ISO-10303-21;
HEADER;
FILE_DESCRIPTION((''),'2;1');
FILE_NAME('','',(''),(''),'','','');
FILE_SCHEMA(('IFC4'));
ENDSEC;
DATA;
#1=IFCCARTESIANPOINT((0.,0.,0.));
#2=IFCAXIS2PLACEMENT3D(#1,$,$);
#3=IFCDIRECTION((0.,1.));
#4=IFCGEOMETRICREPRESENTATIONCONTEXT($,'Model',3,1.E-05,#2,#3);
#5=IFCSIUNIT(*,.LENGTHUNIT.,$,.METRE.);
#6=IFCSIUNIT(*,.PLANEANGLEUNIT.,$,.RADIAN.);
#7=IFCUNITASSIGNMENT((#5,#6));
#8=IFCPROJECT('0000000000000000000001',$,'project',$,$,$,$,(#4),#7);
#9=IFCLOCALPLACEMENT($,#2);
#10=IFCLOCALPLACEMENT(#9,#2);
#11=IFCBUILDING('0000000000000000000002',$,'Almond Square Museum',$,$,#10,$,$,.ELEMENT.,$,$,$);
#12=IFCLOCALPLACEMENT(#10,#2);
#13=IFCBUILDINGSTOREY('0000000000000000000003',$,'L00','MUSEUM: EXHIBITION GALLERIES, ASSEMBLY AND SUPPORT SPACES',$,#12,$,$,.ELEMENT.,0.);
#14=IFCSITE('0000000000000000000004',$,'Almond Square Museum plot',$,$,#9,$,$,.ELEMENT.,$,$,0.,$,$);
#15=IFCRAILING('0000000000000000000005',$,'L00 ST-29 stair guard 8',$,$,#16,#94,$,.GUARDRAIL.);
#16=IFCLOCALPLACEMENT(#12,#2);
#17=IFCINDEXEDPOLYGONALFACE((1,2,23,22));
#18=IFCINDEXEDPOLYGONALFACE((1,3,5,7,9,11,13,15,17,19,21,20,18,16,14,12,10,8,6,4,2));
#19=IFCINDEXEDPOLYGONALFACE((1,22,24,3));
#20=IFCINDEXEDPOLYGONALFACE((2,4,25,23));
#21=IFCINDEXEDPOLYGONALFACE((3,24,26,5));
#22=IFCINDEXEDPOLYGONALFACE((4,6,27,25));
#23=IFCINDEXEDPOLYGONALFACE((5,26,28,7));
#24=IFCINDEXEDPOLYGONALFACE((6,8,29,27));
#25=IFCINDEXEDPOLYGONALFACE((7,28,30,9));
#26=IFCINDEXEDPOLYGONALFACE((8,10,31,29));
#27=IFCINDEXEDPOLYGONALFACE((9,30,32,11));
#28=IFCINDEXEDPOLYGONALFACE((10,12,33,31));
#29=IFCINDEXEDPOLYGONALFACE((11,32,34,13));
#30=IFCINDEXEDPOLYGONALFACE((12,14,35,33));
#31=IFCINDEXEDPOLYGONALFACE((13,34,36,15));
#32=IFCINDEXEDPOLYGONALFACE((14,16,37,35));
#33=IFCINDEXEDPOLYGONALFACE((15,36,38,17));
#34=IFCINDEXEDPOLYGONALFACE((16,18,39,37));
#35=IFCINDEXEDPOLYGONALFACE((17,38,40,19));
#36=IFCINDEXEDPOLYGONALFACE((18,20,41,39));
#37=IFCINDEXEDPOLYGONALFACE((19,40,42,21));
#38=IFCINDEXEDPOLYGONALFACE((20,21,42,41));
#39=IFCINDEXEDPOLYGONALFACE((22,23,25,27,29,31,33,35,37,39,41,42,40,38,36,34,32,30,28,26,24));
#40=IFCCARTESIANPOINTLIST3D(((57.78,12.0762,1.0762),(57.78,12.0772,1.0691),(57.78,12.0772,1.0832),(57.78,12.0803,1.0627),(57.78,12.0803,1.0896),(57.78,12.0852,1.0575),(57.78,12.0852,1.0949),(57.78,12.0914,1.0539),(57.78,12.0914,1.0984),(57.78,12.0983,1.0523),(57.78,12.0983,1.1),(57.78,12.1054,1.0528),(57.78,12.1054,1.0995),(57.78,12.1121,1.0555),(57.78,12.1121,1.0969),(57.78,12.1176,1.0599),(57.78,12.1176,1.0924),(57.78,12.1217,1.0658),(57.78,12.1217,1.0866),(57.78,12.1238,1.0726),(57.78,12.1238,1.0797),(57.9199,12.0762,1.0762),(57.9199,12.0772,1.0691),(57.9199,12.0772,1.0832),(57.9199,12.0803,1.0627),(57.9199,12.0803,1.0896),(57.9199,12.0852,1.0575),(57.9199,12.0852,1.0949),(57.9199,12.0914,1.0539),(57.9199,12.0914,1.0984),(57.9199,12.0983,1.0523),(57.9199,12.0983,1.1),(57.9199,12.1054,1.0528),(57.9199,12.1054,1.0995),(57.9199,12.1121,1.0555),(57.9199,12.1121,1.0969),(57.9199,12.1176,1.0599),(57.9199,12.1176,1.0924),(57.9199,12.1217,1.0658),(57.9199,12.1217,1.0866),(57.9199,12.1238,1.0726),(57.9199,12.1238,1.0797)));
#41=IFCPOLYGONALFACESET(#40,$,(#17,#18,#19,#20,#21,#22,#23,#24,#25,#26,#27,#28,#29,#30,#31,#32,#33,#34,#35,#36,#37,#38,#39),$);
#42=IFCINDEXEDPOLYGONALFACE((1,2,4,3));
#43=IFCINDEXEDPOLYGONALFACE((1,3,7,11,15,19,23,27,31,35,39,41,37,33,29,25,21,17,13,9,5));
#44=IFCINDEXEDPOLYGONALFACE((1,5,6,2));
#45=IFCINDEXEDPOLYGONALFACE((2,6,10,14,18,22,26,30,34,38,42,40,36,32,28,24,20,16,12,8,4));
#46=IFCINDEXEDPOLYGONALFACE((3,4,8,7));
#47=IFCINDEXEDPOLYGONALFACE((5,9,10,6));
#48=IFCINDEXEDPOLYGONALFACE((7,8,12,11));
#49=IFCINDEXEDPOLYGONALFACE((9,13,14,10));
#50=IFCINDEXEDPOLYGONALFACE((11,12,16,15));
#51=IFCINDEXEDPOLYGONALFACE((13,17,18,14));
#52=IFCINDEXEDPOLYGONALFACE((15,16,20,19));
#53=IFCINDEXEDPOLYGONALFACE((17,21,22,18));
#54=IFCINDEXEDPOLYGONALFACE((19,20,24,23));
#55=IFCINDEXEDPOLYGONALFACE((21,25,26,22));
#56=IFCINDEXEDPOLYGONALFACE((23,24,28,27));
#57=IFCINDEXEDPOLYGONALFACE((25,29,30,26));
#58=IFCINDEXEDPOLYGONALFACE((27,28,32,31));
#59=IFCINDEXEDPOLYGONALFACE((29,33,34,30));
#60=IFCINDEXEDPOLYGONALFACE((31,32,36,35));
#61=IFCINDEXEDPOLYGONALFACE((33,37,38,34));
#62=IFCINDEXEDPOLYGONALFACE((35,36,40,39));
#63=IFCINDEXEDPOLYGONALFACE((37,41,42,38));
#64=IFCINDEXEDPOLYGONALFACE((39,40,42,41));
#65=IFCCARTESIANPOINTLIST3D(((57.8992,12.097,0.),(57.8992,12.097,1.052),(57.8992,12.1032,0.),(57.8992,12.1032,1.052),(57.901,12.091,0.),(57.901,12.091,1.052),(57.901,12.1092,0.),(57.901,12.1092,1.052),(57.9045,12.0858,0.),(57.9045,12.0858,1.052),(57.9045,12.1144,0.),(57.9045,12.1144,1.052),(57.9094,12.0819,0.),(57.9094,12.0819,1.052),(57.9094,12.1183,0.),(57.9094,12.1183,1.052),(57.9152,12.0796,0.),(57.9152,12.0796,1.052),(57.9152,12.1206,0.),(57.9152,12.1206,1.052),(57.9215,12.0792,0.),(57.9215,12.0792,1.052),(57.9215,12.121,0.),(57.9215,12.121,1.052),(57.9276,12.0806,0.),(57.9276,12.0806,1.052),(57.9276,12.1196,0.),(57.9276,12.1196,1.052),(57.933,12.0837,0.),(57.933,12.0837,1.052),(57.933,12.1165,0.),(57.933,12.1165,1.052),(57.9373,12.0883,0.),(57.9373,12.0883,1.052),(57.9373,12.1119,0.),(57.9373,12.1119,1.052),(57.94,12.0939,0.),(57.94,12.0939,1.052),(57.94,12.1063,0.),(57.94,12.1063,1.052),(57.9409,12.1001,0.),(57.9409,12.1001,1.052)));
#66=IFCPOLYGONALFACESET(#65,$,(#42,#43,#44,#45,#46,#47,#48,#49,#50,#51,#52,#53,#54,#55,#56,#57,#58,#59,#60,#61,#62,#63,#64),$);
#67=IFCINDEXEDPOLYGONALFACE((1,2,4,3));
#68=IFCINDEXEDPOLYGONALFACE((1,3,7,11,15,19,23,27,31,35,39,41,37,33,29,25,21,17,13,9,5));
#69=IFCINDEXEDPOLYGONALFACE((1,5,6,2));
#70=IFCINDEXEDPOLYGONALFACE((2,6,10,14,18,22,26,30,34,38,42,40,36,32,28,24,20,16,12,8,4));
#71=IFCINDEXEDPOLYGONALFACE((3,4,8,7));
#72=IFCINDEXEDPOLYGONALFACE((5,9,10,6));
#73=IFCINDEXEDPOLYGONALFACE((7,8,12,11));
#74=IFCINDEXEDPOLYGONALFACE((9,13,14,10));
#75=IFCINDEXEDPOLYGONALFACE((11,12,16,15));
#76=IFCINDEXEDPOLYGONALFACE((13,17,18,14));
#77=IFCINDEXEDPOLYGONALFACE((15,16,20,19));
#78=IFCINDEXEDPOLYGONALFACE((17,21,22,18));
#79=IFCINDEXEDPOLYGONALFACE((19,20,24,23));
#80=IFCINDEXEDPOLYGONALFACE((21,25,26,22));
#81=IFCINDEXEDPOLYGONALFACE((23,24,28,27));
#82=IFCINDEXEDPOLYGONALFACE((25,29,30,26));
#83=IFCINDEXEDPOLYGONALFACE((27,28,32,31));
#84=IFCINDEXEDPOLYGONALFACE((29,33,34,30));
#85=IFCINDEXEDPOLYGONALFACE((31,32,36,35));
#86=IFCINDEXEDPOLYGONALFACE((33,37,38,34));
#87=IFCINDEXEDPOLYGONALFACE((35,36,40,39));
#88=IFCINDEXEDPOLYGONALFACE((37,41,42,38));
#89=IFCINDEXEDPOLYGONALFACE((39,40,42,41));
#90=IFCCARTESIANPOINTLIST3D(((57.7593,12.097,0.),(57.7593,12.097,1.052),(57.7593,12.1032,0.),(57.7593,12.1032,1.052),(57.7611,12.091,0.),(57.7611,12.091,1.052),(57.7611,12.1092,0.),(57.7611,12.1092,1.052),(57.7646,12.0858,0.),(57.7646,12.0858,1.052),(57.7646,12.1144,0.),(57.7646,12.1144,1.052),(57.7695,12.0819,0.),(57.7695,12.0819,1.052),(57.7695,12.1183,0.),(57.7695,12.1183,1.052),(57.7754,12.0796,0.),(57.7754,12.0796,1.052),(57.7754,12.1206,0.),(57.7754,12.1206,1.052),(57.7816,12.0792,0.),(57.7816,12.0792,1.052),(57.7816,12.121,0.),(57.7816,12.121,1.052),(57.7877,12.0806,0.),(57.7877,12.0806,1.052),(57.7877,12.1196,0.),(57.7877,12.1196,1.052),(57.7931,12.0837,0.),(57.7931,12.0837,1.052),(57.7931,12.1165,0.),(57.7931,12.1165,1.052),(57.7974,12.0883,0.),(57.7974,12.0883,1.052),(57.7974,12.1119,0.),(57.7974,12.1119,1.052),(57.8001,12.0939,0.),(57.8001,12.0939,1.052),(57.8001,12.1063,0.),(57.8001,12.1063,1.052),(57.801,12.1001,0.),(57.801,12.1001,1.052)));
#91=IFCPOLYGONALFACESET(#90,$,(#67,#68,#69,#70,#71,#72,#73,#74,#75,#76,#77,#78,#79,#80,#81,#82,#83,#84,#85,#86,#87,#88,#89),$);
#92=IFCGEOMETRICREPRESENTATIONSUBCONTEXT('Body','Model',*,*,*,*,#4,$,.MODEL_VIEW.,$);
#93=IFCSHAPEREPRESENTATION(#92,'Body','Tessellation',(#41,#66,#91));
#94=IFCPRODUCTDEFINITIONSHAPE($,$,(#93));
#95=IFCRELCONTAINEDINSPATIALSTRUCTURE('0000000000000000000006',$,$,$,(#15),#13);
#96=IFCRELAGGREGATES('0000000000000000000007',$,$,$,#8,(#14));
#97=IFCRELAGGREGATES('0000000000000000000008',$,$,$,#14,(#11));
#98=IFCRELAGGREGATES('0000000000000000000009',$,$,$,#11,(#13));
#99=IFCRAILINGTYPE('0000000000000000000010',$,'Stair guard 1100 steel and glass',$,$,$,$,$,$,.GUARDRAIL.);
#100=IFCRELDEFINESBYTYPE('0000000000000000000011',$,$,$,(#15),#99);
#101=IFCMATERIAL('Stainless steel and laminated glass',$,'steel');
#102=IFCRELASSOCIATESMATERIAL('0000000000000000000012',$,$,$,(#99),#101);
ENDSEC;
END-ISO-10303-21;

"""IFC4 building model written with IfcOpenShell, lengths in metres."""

from ifc_helpers import new_model, si_unit, direction, frame, origin, origin_2d, place, context, subcontext, project, spatial, circle, extrude, material, type_object, element, save


model = new_model("IFC4")

# Units and contexts
model_context = context("Model", 3, precision=1e-05, world=origin(), true_north=direction((0.0, 1.0)))
body_context = subcontext(model_context, "Body", "Model", "MODEL_VIEW")
ifc_project = project(units=[si_unit("LENGTHUNIT", "METRE"), si_unit("PLANEANGLEUNIT", "RADIAN")], contexts=[model_context])

# Site, building, storey
site_placement = place(None, origin())
site = spatial("IfcSite", under=ifc_project, at=site_placement, Name="Almond Square Museum plot", CompositionType="ELEMENT", RefElevation=0.0)
building_placement = place(site_placement, origin())
building = spatial("IfcBuilding", under=site, at=building_placement, Name="Almond Square Museum", CompositionType="ELEMENT")
storey_placement = place(building_placement, origin())
storey = spatial("IfcBuildingStorey", under=building, at=storey_placement, Name="L00", Description="MUSEUM: EXHIBITION GALLERIES, ASSEMBLY AND SUPPORT SPACES", CompositionType="ELEMENT", Elevation=0.0)

# Railing
ifc_material_1 = material(Name="Stainless steel and laminated glass", Category="steel")
railing_type_1 = type_object("IfcRailingType", Name="Stair guard 1100 steel and glass", PredefinedType="GUARDRAIL", material=ifc_material_1)
railing_1_placement = place(storey_placement, frame((57.9199, 12.1001, 0.0)))
element("IfcRailing", 1, at=railing_1_placement, inside=storey, type_object=railing_type_1, Name="L00 ST-29 stair guard 8", PredefinedType="GUARDRAIL", context=body_context, shape_type="SweptSolid", body=[
    extrude(circle(Radius=0.0239, at=origin_2d()), frame((0.0, 0.0, 1.0762), z_axis=(-1.0, 0.0, 0.0), x_axis=(0.0, -1.0, 0.0)), (0.0, 0.0, 1.0), 0.1399),
    extrude(circle(Radius=0.021, at=origin_2d()), origin(), (0.0, 0.0, 1.0), 1.052),
    extrude(circle(Radius=0.021, at=origin_2d()), frame((-0.1399, 0.0, 0.0)), (0.0, 0.0, 1.0), 1.052),
])

save(model, "model.ifc")
